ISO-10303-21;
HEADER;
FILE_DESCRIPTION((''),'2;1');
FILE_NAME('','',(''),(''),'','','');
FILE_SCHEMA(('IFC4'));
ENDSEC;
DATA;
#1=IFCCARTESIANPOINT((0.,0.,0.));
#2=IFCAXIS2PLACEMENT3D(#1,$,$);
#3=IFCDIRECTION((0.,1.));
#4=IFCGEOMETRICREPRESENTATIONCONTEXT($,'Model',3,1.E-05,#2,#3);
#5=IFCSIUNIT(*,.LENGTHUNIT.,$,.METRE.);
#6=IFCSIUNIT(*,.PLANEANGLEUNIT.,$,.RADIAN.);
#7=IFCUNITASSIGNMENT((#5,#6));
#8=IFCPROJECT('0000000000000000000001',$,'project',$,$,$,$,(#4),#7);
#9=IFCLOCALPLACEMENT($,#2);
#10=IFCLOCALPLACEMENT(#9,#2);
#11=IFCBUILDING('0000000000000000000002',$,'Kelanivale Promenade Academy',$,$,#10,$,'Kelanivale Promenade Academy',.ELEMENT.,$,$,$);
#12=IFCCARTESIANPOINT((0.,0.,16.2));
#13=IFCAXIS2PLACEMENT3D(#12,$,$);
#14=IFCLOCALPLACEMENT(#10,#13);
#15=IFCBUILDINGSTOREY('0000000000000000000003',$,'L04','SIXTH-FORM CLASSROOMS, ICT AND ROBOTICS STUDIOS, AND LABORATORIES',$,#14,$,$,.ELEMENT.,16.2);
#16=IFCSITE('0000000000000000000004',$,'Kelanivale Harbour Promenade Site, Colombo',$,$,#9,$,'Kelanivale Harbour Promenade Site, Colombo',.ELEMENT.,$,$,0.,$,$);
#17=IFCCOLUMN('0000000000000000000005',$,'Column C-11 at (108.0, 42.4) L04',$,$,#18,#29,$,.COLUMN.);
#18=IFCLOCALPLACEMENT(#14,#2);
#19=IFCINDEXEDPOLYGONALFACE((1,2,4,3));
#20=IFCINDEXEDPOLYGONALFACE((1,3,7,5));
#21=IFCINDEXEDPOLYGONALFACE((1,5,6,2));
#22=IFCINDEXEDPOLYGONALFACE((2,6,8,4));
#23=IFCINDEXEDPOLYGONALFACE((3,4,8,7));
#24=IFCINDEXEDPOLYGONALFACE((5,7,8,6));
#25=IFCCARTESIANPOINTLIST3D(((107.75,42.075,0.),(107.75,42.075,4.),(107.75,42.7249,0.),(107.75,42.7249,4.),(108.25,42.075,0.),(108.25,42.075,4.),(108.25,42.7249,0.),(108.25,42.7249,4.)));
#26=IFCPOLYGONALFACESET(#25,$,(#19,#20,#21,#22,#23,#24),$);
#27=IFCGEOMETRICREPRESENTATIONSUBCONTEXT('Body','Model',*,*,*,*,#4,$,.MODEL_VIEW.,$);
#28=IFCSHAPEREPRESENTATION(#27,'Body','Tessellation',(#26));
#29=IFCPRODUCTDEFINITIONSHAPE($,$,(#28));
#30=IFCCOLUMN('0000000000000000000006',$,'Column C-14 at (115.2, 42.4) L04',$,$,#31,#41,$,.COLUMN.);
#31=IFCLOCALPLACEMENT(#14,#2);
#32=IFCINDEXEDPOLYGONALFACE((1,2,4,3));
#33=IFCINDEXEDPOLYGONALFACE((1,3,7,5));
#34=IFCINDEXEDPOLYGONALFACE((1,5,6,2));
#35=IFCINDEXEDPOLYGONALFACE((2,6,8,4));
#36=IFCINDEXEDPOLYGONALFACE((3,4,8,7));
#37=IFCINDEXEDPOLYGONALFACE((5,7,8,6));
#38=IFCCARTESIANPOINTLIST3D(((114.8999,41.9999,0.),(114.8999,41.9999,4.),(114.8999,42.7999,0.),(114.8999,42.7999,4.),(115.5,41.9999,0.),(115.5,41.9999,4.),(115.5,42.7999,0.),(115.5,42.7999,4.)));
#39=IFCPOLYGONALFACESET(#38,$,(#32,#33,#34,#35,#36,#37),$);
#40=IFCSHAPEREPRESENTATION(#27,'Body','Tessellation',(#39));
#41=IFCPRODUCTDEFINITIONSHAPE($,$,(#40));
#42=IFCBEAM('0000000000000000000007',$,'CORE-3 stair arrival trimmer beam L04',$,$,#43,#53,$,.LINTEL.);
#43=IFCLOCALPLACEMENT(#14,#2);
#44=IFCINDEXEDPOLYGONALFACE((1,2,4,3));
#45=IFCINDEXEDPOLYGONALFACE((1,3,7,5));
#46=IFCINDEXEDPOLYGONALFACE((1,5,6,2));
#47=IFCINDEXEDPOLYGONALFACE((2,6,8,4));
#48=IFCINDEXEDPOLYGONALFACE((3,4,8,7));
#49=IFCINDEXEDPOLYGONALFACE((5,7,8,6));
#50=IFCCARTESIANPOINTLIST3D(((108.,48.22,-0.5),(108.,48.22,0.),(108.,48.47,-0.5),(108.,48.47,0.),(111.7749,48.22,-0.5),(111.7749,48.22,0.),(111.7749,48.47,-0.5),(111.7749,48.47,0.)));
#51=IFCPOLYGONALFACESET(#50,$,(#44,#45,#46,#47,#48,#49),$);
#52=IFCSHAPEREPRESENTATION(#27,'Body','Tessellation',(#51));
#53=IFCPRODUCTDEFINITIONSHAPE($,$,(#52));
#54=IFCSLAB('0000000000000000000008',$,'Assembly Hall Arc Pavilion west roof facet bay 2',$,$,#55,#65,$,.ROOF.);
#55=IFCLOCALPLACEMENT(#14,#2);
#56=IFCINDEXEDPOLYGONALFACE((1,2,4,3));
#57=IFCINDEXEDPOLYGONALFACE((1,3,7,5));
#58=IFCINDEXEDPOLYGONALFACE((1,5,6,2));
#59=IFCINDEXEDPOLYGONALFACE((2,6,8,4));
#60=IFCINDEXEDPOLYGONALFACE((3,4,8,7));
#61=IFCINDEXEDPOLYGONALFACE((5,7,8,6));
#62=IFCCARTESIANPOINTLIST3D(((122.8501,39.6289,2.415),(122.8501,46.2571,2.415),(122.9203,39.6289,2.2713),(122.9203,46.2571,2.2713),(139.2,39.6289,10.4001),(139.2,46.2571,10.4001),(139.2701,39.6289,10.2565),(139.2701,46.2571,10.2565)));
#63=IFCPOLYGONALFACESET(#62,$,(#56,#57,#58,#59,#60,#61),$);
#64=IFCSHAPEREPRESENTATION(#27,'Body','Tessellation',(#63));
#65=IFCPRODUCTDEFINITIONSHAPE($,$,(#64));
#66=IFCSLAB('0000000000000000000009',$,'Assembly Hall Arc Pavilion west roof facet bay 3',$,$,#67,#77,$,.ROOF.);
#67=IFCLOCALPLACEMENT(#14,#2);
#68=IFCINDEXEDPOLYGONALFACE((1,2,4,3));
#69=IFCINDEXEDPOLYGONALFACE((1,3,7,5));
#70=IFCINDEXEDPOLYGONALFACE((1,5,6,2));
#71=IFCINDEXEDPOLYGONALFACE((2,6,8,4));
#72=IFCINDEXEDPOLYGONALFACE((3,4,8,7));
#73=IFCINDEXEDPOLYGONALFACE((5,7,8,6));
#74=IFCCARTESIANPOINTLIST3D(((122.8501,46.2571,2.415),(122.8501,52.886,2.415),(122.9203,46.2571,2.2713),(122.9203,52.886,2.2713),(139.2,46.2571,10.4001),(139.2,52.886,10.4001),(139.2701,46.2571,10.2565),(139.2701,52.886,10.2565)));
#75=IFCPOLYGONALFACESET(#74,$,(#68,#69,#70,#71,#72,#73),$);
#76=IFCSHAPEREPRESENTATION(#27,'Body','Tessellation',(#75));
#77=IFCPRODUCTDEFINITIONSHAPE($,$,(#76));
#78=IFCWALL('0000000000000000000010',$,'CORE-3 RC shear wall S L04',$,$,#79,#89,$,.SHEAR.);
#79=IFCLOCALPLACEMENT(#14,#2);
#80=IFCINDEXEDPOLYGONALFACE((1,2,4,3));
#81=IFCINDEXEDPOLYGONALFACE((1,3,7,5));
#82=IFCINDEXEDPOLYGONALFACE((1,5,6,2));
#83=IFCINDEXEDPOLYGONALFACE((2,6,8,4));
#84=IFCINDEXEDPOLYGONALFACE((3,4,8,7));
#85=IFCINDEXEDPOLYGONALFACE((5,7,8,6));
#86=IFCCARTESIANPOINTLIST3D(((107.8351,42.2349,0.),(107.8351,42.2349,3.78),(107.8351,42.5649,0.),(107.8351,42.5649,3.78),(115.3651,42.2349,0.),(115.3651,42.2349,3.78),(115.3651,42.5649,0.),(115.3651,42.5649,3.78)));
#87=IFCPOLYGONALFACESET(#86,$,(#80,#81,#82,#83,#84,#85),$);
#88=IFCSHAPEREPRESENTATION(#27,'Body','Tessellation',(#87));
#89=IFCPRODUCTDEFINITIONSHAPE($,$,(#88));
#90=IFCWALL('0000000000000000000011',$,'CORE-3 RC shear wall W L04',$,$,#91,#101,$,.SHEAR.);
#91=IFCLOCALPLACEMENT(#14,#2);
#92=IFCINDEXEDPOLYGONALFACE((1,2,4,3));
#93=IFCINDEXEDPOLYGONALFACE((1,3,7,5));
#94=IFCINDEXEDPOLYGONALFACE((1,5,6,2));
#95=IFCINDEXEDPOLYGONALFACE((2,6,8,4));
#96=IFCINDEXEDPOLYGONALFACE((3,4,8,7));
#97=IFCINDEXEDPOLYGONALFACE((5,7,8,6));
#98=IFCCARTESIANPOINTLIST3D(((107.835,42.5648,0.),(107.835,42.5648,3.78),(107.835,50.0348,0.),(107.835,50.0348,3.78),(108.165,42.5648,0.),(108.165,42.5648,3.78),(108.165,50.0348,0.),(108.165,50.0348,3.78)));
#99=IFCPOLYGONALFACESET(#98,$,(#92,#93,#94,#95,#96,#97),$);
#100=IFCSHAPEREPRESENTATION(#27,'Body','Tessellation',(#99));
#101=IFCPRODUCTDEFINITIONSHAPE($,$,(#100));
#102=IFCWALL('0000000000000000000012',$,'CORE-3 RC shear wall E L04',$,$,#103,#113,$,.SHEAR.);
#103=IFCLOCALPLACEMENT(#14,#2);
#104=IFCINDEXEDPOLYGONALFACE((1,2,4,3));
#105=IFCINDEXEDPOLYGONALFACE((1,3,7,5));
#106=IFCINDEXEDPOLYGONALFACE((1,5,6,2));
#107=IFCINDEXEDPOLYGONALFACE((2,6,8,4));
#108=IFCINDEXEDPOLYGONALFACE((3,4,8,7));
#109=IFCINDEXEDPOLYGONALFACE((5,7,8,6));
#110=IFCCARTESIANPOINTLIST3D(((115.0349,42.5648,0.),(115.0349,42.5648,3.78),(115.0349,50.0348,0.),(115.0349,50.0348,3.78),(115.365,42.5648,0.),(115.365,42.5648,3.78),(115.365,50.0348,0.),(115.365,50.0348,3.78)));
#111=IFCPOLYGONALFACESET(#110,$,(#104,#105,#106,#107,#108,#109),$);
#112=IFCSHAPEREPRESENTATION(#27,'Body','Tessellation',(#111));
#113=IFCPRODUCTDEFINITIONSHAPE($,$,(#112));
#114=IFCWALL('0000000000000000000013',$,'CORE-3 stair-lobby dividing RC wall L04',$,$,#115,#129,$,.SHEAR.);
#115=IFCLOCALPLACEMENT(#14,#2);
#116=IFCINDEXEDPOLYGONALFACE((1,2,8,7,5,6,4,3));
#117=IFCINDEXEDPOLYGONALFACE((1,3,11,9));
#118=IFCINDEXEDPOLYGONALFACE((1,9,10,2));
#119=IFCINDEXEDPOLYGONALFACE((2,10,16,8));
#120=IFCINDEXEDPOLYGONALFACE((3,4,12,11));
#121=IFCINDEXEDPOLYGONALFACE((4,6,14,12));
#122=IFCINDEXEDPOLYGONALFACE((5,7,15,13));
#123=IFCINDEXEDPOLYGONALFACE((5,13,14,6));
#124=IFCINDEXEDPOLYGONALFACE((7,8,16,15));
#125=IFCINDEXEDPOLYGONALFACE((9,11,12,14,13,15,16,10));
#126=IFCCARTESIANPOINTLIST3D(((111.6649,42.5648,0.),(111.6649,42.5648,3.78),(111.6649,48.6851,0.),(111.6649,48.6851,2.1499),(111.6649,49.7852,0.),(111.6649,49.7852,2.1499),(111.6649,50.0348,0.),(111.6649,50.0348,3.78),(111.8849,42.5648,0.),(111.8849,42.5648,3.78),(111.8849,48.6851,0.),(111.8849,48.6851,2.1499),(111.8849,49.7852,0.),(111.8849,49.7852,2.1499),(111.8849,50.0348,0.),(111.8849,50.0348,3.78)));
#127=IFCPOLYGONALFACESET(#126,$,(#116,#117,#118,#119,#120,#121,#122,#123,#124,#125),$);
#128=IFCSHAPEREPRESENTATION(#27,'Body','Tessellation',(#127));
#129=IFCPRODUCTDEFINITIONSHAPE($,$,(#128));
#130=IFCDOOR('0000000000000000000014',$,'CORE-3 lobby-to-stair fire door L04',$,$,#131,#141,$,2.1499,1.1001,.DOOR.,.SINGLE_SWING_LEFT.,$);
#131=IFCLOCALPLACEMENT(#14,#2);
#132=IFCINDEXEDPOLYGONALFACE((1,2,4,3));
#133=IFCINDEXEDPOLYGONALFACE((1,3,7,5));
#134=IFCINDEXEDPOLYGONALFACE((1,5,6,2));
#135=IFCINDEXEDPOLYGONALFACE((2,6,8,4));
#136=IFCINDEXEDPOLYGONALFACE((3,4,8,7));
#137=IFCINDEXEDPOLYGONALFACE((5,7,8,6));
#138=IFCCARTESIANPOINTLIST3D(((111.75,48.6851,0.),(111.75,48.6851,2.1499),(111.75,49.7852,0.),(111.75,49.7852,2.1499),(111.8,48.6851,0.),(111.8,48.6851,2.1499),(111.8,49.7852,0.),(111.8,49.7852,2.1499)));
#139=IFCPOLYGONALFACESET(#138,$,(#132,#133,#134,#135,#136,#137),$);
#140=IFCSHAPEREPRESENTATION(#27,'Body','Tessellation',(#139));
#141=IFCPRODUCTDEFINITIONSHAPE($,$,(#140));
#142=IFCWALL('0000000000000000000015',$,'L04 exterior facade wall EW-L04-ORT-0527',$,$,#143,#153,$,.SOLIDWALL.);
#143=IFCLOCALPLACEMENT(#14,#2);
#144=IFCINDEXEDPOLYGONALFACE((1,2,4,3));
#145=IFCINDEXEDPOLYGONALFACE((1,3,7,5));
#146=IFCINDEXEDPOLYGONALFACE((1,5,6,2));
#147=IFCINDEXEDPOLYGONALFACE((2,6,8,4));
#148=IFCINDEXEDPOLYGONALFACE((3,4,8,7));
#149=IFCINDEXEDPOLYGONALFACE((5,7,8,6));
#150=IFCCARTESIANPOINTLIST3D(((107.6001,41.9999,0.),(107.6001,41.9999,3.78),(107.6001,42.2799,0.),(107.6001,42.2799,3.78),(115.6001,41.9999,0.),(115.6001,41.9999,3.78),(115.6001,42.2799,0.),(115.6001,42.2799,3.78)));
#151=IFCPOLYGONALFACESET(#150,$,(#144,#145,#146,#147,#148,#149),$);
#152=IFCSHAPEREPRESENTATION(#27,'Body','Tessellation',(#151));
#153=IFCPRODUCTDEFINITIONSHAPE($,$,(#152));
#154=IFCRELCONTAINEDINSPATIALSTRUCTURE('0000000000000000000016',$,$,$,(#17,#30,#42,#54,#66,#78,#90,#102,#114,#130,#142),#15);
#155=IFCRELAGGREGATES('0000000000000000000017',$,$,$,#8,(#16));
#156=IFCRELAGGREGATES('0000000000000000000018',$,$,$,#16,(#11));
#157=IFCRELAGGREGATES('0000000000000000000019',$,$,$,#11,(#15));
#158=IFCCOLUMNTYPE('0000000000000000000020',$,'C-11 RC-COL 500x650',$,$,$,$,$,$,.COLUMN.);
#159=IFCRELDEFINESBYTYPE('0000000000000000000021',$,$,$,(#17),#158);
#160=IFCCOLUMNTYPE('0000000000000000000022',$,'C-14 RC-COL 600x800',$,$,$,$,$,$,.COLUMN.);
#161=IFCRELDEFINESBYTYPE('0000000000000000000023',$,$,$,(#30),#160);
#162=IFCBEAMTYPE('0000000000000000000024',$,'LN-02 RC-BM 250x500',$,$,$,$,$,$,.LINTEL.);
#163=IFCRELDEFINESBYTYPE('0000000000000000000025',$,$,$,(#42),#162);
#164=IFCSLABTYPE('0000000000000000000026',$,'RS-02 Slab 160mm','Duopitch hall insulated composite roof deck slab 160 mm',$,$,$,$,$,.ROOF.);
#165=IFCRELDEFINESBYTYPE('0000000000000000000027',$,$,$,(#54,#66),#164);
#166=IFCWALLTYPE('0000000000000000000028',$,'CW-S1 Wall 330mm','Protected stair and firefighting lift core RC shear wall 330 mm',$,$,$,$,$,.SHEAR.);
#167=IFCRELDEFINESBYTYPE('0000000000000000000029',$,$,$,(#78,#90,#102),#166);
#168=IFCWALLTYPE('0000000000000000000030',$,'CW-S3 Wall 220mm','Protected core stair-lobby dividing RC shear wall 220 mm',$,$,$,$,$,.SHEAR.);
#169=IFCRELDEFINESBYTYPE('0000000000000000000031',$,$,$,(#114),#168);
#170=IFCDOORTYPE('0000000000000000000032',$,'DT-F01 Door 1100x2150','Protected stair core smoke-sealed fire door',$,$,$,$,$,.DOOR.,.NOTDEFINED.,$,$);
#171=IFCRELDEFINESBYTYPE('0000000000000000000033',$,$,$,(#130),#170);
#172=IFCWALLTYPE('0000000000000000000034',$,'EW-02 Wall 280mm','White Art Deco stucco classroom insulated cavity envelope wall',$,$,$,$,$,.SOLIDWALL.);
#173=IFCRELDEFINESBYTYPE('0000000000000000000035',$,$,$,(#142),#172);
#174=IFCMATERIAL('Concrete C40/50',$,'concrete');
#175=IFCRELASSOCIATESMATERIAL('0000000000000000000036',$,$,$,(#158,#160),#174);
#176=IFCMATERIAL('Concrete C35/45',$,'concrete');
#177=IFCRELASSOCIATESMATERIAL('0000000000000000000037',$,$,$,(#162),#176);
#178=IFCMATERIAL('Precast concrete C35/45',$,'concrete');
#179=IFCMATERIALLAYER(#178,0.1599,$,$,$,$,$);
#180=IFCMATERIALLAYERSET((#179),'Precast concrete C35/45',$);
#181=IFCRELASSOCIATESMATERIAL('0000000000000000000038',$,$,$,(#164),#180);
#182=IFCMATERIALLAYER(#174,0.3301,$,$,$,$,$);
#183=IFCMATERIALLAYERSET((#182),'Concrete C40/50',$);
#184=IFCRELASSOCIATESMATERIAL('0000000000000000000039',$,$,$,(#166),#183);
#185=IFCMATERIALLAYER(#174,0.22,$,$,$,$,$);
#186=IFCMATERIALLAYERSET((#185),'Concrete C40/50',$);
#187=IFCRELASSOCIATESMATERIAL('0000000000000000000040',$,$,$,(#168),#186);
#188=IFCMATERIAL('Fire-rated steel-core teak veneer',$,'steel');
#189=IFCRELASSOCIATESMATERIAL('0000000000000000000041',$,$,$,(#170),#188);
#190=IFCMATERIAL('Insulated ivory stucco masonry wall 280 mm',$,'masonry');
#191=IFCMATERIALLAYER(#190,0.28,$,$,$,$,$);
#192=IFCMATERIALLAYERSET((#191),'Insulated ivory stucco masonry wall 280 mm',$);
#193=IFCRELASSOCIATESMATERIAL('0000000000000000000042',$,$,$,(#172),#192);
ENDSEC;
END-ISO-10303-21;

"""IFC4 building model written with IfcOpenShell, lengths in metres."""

from ifc_helpers import new_model, si_unit, direction, frame, frame_2d, origin, origin_2d, place, context, subcontext, project, spatial, polyline, rectangle, outline, extrude, material, layer, layer_set, material_profile, profile_set, type_object, element, fill, save


model = new_model("IFC4")

# Units and contexts
model_context = context("Model", 3, precision=1e-05, world=origin(), true_north=direction((0.0, 1.0)))
body_context = subcontext(model_context, "Body", "Model", "MODEL_VIEW")
ifc_project = project(units=[si_unit("LENGTHUNIT", "METRE"), si_unit("PLANEANGLEUNIT", "RADIAN")], contexts=[model_context])

# Site, building, storey
site_placement = place(None, origin())
site = spatial("IfcSite", under=ifc_project, at=site_placement, Name="Kelanivale Harbour Promenade Site, Colombo", LongName="Kelanivale Harbour Promenade Site, Colombo", CompositionType="ELEMENT", RefElevation=0.0)
building_placement = place(site_placement, origin())
building = spatial("IfcBuilding", under=site, at=building_placement, Name="Kelanivale Promenade Academy", LongName="Kelanivale Promenade Academy", CompositionType="ELEMENT")
storey_placement = place(building_placement, frame((0.0, 0.0, 16.2)))
storey = spatial("IfcBuildingStorey", under=building, at=storey_placement, Name="L04", Description="SIXTH-FORM CLASSROOMS, ICT AND ROBOTICS STUDIOS, AND LABORATORIES", CompositionType="ELEMENT", Elevation=16.2)

# Columns
ifc_material_1 = material(Name="Concrete C40/50", Category="concrete")
ifc_material_profile_1 = material_profile(ifc_material_1, rectangle(XDim=0.5, YDim=0.6499, at=origin_2d()), Name="RC-COL 500x650")
ifc_profile_set_1 = profile_set([ifc_material_profile_1], Name="Concrete C40/50")
column_type_1 = type_object("IfcColumnType", Name="C-11 RC-COL 500x650", PredefinedType="COLUMN", material=ifc_profile_set_1)
column_1_placement = place(storey_placement, frame((108.0, 42.3999, 0.0), z_axis=(0.0, 0.0, 1.0), x_axis=(1.0, 0.0, 0.0)))
element("IfcColumn", 1, at=column_1_placement, inside=storey, type_object=column_type_1, Name="Column C-11 at (108.0, 42.4) L04", PredefinedType="COLUMN", context=body_context, shape_type="SweptSolid", body=[
    extrude(rectangle(XDim=0.5, YDim=0.6499, at=origin_2d()), origin(), (0.0, 0.0, 1.0), 4.0),
])
ifc_material_profile_2 = material_profile(ifc_material_1, rectangle(XDim=0.6001, YDim=0.8, at=origin_2d()), Name="RC-COL 600x800")
ifc_profile_set_2 = profile_set([ifc_material_profile_2], Name="Concrete C40/50")
column_type_2 = type_object("IfcColumnType", Name="C-14 RC-COL 600x800", PredefinedType="COLUMN", material=ifc_profile_set_2)
column_2_placement = place(storey_placement, frame((115.2, 42.3999, 0.0), z_axis=(0.0, 0.0, 1.0), x_axis=(1.0, 0.0, 0.0)))
element("IfcColumn", 2, at=column_2_placement, inside=storey, type_object=column_type_2, Name="Column C-14 at (115.2, 42.4) L04", PredefinedType="COLUMN", context=body_context, shape_type="SweptSolid", body=[
    extrude(rectangle(XDim=0.6001, YDim=0.8, at=origin_2d()), origin(), (0.0, 0.0, 1.0), 4.0),
])

# Beam
ifc_material_2 = material(Name="Concrete C35/45", Category="concrete")
ifc_material_profile_3 = material_profile(ifc_material_2, rectangle(XDim=0.25, YDim=0.5, at=origin_2d()), Name="RC-BM 250x500")
ifc_profile_set_3 = profile_set([ifc_material_profile_3], Name="Concrete C35/45")
beam_type = type_object("IfcBeamType", Name="LN-02 RC-BM 250x500", PredefinedType="LINTEL", material=ifc_profile_set_3)
beam_placement = place(storey_placement, frame((108.0, 48.345, -0.25), z_axis=(1.0, 0.0, 0.0), x_axis=(0.0, 1.0, 0.0)))
element("IfcBeam", 3, at=beam_placement, inside=storey, type_object=beam_type, Name="CORE-3 stair arrival trimmer beam L04", PredefinedType="LINTEL", context=body_context, shape_type="SweptSolid", body=[
    extrude(rectangle(XDim=0.25, YDim=0.5, at=origin_2d()), origin(), (0.0, 0.0, 1.0), 3.7749),
])

# Slabs
ifc_material_3 = material(Name="Precast concrete C35/45", Category="concrete")
ifc_layer_1 = layer(ifc_material_3, 0.1599)
ifc_layer_set_1 = layer_set([ifc_layer_1], Name="Precast concrete C35/45")
slab_type = type_object("IfcSlabType", Name="RS-02 Slab 160mm", Description="Duopitch hall insulated composite roof deck slab 160 mm", PredefinedType="ROOF", material=ifc_layer_set_1)
slab_1_placement = place(storey_placement, frame((122.8501, 39.6289, 2.415), z_axis=(-0.438848, 0.0, 0.898561), x_axis=(0.898561, 0.0, 0.438848)))
element("IfcSlab", 4, at=slab_1_placement, inside=storey, type_object=slab_type, Name="Assembly Hall Arc Pavilion west roof facet bay 2", PredefinedType="ROOF", context=body_context, shape_type="SweptSolid", body=[
    extrude(outline(polyline([(0.0, 0.0), (18.1956, 0.0), (18.1956, 6.6282), (0.0, 6.6282), (0.0, 0.0)])), origin(), (0.0, 0.0, -1.0), 0.1599),
])
slab_2_placement = place(storey_placement, frame((122.8501, 46.2571, 2.415), z_axis=(-0.438848, 0.0, 0.898561), x_axis=(0.898561, 0.0, 0.438848)))
element("IfcSlab", 5, at=slab_2_placement, inside=storey, type_object=slab_type, Name="Assembly Hall Arc Pavilion west roof facet bay 3", PredefinedType="ROOF", context=body_context, shape_type="SweptSolid", body=[
    extrude(outline(polyline([(0.0, 0.0), (18.1956, 0.0), (18.1956, 6.6289), (0.0, 6.6289), (0.0, 0.0)])), origin(), (0.0, 0.0, -1.0), 0.1599),
])

# Walls
ifc_layer_2 = layer(ifc_material_1, 0.3301)
ifc_layer_set_2 = layer_set([ifc_layer_2], Name="Concrete C40/50")
wall_type_1 = type_object("IfcWallType", Name="CW-S1 Wall 330mm", Description="Protected stair and firefighting lift core RC shear wall 330 mm", PredefinedType="SHEAR", material=ifc_layer_set_2)
wall_1_placement = place(storey_placement, frame((107.835, 42.3999, 0.0), z_axis=(0.0, 0.0, 1.0), x_axis=(1.0, 0.0, 0.0)))
element("IfcWall", 6, at=wall_1_placement, inside=storey, type_object=wall_type_1, Name="CORE-3 RC shear wall S L04", PredefinedType="SHEAR", context=body_context, shape_type="SweptSolid", body=[
    extrude(rectangle(XDim=7.53, YDim=0.3301, at=frame_2d((3.7651, 0.0))), origin(), (0.0, 0.0, 1.0), 3.78),
])
for number, where, z_axis, x_axis, name in (
    (7, (108.0, 42.5649, 0.0), (0.0, 0.0, 1.0), (0.0, 1.0, 0.0), "CORE-3 RC shear wall W L04"),
    (8, (115.2, 42.5649, 0.0), (0.0, 0.0, 1.0), (0.0, 1.0, 0.0), "CORE-3 RC shear wall E L04"),
):
    element("IfcWall", number, at=place(storey_placement, frame(where, z_axis=z_axis, x_axis=x_axis)), inside=storey, type_object=wall_type_1, Name=name, PredefinedType="SHEAR", context=body_context, shape_type="SweptSolid", body=[
        extrude(rectangle(XDim=7.47, YDim=0.3301, at=frame_2d((3.7349, 0.0))), origin(), (0.0, 0.0, 1.0), 3.78),
    ])

# Wall, opening, door
ifc_material_4 = material(Name="Fire-rated steel-core teak veneer", Category="steel")
ifc_layer_3 = layer(ifc_material_1, 0.22)
ifc_layer_set_3 = layer_set([ifc_layer_3], Name="Concrete C40/50")
wall_type_2 = type_object("IfcWallType", Name="CW-S3 Wall 220mm", Description="Protected core stair-lobby dividing RC shear wall 220 mm", PredefinedType="SHEAR", material=ifc_layer_set_3)
wall_2_placement = place(storey_placement, frame((111.7749, 42.5649, 0.0), z_axis=(0.0, 0.0, 1.0), x_axis=(0.0, 1.0, 0.0)))
wall_2 = element("IfcWall", 9, at=wall_2_placement, inside=storey, type_object=wall_type_2, Name="CORE-3 stair-lobby dividing RC wall L04", PredefinedType="SHEAR", context=body_context, shape_type="SweptSolid", body=[
    extrude(rectangle(XDim=7.47, YDim=0.22, at=frame_2d((3.7349, 0.0))), origin(), (0.0, 0.0, 1.0), 3.78),
])
opening_1_placement = place(wall_2_placement, frame((6.1201, 0.0, 0.0)))
opening_1 = element("IfcOpeningElement", 10, at=opening_1_placement, cuts=wall_2, PredefinedType="OPENING", context=body_context, shape_type="SweptSolid", body=[
    extrude(rectangle(XDim=1.1001, YDim=2.1499, at=frame_2d((0.55, 1.075))), frame((0.0, 0.1201, 0.0), z_axis=(0.0, -1.0, 0.0), x_axis=(1.0, 0.0, 0.0)), (0.0, 0.0, 1.0), 0.24),
])
door_type_1 = type_object("IfcDoorType", Name="DT-F01 Door 1100x2150", Description="Protected stair core smoke-sealed fire door", OperationType="NOTDEFINED", PredefinedType="DOOR", material=ifc_material_4)
door_1_placement = place(opening_1_placement, origin())
door_1 = element("IfcDoor", 11, at=door_1_placement, inside=storey, type_object=door_type_1, Name="CORE-3 lobby-to-stair fire door L04", OperationType="SINGLE_SWING_LEFT", OverallHeight=2.1499, OverallWidth=1.1001, PredefinedType="DOOR", context=body_context, shape_type="SweptSolid", body=[
    extrude(rectangle(XDim=1.1001, YDim=2.1499, at=frame_2d((0.55, 1.075))), frame((0.0, 0.0249, 0.0), z_axis=(0.0, -1.0, 0.0), x_axis=(1.0, 0.0, 0.0)), (0.0, 0.0, 1.0), 0.05),
])
fill(opening_1, door_1)

# Wall
ifc_material_5 = material(Name="Insulated ivory stucco masonry wall 280 mm", Category="masonry")
ifc_layer_4 = layer(ifc_material_5, 0.28)
ifc_layer_set_4 = layer_set([ifc_layer_4], Name="Insulated ivory stucco masonry wall 280 mm")
wall_type_3 = type_object("IfcWallType", Name="EW-02 Wall 280mm", Description="White Art Deco stucco classroom insulated cavity envelope wall", PredefinedType="SOLIDWALL", material=ifc_layer_set_4)
wall_3_placement = place(storey_placement, frame((107.6001, 42.1399, 0.0), z_axis=(0.0, 0.0, 1.0), x_axis=(1.0, 0.0, 0.0)))
element("IfcWall", 12, at=wall_3_placement, inside=storey, type_object=wall_type_3, Name="L04 exterior facade wall EW-L04-ORT-0527", PredefinedType="SOLIDWALL", context=body_context, shape_type="SweptSolid", body=[
    extrude(rectangle(XDim=8.0, YDim=0.28, at=frame_2d((4.0, 0.0))), origin(), (0.0, 0.0, 1.0), 3.78),
])

save(model, "model.ifc")
